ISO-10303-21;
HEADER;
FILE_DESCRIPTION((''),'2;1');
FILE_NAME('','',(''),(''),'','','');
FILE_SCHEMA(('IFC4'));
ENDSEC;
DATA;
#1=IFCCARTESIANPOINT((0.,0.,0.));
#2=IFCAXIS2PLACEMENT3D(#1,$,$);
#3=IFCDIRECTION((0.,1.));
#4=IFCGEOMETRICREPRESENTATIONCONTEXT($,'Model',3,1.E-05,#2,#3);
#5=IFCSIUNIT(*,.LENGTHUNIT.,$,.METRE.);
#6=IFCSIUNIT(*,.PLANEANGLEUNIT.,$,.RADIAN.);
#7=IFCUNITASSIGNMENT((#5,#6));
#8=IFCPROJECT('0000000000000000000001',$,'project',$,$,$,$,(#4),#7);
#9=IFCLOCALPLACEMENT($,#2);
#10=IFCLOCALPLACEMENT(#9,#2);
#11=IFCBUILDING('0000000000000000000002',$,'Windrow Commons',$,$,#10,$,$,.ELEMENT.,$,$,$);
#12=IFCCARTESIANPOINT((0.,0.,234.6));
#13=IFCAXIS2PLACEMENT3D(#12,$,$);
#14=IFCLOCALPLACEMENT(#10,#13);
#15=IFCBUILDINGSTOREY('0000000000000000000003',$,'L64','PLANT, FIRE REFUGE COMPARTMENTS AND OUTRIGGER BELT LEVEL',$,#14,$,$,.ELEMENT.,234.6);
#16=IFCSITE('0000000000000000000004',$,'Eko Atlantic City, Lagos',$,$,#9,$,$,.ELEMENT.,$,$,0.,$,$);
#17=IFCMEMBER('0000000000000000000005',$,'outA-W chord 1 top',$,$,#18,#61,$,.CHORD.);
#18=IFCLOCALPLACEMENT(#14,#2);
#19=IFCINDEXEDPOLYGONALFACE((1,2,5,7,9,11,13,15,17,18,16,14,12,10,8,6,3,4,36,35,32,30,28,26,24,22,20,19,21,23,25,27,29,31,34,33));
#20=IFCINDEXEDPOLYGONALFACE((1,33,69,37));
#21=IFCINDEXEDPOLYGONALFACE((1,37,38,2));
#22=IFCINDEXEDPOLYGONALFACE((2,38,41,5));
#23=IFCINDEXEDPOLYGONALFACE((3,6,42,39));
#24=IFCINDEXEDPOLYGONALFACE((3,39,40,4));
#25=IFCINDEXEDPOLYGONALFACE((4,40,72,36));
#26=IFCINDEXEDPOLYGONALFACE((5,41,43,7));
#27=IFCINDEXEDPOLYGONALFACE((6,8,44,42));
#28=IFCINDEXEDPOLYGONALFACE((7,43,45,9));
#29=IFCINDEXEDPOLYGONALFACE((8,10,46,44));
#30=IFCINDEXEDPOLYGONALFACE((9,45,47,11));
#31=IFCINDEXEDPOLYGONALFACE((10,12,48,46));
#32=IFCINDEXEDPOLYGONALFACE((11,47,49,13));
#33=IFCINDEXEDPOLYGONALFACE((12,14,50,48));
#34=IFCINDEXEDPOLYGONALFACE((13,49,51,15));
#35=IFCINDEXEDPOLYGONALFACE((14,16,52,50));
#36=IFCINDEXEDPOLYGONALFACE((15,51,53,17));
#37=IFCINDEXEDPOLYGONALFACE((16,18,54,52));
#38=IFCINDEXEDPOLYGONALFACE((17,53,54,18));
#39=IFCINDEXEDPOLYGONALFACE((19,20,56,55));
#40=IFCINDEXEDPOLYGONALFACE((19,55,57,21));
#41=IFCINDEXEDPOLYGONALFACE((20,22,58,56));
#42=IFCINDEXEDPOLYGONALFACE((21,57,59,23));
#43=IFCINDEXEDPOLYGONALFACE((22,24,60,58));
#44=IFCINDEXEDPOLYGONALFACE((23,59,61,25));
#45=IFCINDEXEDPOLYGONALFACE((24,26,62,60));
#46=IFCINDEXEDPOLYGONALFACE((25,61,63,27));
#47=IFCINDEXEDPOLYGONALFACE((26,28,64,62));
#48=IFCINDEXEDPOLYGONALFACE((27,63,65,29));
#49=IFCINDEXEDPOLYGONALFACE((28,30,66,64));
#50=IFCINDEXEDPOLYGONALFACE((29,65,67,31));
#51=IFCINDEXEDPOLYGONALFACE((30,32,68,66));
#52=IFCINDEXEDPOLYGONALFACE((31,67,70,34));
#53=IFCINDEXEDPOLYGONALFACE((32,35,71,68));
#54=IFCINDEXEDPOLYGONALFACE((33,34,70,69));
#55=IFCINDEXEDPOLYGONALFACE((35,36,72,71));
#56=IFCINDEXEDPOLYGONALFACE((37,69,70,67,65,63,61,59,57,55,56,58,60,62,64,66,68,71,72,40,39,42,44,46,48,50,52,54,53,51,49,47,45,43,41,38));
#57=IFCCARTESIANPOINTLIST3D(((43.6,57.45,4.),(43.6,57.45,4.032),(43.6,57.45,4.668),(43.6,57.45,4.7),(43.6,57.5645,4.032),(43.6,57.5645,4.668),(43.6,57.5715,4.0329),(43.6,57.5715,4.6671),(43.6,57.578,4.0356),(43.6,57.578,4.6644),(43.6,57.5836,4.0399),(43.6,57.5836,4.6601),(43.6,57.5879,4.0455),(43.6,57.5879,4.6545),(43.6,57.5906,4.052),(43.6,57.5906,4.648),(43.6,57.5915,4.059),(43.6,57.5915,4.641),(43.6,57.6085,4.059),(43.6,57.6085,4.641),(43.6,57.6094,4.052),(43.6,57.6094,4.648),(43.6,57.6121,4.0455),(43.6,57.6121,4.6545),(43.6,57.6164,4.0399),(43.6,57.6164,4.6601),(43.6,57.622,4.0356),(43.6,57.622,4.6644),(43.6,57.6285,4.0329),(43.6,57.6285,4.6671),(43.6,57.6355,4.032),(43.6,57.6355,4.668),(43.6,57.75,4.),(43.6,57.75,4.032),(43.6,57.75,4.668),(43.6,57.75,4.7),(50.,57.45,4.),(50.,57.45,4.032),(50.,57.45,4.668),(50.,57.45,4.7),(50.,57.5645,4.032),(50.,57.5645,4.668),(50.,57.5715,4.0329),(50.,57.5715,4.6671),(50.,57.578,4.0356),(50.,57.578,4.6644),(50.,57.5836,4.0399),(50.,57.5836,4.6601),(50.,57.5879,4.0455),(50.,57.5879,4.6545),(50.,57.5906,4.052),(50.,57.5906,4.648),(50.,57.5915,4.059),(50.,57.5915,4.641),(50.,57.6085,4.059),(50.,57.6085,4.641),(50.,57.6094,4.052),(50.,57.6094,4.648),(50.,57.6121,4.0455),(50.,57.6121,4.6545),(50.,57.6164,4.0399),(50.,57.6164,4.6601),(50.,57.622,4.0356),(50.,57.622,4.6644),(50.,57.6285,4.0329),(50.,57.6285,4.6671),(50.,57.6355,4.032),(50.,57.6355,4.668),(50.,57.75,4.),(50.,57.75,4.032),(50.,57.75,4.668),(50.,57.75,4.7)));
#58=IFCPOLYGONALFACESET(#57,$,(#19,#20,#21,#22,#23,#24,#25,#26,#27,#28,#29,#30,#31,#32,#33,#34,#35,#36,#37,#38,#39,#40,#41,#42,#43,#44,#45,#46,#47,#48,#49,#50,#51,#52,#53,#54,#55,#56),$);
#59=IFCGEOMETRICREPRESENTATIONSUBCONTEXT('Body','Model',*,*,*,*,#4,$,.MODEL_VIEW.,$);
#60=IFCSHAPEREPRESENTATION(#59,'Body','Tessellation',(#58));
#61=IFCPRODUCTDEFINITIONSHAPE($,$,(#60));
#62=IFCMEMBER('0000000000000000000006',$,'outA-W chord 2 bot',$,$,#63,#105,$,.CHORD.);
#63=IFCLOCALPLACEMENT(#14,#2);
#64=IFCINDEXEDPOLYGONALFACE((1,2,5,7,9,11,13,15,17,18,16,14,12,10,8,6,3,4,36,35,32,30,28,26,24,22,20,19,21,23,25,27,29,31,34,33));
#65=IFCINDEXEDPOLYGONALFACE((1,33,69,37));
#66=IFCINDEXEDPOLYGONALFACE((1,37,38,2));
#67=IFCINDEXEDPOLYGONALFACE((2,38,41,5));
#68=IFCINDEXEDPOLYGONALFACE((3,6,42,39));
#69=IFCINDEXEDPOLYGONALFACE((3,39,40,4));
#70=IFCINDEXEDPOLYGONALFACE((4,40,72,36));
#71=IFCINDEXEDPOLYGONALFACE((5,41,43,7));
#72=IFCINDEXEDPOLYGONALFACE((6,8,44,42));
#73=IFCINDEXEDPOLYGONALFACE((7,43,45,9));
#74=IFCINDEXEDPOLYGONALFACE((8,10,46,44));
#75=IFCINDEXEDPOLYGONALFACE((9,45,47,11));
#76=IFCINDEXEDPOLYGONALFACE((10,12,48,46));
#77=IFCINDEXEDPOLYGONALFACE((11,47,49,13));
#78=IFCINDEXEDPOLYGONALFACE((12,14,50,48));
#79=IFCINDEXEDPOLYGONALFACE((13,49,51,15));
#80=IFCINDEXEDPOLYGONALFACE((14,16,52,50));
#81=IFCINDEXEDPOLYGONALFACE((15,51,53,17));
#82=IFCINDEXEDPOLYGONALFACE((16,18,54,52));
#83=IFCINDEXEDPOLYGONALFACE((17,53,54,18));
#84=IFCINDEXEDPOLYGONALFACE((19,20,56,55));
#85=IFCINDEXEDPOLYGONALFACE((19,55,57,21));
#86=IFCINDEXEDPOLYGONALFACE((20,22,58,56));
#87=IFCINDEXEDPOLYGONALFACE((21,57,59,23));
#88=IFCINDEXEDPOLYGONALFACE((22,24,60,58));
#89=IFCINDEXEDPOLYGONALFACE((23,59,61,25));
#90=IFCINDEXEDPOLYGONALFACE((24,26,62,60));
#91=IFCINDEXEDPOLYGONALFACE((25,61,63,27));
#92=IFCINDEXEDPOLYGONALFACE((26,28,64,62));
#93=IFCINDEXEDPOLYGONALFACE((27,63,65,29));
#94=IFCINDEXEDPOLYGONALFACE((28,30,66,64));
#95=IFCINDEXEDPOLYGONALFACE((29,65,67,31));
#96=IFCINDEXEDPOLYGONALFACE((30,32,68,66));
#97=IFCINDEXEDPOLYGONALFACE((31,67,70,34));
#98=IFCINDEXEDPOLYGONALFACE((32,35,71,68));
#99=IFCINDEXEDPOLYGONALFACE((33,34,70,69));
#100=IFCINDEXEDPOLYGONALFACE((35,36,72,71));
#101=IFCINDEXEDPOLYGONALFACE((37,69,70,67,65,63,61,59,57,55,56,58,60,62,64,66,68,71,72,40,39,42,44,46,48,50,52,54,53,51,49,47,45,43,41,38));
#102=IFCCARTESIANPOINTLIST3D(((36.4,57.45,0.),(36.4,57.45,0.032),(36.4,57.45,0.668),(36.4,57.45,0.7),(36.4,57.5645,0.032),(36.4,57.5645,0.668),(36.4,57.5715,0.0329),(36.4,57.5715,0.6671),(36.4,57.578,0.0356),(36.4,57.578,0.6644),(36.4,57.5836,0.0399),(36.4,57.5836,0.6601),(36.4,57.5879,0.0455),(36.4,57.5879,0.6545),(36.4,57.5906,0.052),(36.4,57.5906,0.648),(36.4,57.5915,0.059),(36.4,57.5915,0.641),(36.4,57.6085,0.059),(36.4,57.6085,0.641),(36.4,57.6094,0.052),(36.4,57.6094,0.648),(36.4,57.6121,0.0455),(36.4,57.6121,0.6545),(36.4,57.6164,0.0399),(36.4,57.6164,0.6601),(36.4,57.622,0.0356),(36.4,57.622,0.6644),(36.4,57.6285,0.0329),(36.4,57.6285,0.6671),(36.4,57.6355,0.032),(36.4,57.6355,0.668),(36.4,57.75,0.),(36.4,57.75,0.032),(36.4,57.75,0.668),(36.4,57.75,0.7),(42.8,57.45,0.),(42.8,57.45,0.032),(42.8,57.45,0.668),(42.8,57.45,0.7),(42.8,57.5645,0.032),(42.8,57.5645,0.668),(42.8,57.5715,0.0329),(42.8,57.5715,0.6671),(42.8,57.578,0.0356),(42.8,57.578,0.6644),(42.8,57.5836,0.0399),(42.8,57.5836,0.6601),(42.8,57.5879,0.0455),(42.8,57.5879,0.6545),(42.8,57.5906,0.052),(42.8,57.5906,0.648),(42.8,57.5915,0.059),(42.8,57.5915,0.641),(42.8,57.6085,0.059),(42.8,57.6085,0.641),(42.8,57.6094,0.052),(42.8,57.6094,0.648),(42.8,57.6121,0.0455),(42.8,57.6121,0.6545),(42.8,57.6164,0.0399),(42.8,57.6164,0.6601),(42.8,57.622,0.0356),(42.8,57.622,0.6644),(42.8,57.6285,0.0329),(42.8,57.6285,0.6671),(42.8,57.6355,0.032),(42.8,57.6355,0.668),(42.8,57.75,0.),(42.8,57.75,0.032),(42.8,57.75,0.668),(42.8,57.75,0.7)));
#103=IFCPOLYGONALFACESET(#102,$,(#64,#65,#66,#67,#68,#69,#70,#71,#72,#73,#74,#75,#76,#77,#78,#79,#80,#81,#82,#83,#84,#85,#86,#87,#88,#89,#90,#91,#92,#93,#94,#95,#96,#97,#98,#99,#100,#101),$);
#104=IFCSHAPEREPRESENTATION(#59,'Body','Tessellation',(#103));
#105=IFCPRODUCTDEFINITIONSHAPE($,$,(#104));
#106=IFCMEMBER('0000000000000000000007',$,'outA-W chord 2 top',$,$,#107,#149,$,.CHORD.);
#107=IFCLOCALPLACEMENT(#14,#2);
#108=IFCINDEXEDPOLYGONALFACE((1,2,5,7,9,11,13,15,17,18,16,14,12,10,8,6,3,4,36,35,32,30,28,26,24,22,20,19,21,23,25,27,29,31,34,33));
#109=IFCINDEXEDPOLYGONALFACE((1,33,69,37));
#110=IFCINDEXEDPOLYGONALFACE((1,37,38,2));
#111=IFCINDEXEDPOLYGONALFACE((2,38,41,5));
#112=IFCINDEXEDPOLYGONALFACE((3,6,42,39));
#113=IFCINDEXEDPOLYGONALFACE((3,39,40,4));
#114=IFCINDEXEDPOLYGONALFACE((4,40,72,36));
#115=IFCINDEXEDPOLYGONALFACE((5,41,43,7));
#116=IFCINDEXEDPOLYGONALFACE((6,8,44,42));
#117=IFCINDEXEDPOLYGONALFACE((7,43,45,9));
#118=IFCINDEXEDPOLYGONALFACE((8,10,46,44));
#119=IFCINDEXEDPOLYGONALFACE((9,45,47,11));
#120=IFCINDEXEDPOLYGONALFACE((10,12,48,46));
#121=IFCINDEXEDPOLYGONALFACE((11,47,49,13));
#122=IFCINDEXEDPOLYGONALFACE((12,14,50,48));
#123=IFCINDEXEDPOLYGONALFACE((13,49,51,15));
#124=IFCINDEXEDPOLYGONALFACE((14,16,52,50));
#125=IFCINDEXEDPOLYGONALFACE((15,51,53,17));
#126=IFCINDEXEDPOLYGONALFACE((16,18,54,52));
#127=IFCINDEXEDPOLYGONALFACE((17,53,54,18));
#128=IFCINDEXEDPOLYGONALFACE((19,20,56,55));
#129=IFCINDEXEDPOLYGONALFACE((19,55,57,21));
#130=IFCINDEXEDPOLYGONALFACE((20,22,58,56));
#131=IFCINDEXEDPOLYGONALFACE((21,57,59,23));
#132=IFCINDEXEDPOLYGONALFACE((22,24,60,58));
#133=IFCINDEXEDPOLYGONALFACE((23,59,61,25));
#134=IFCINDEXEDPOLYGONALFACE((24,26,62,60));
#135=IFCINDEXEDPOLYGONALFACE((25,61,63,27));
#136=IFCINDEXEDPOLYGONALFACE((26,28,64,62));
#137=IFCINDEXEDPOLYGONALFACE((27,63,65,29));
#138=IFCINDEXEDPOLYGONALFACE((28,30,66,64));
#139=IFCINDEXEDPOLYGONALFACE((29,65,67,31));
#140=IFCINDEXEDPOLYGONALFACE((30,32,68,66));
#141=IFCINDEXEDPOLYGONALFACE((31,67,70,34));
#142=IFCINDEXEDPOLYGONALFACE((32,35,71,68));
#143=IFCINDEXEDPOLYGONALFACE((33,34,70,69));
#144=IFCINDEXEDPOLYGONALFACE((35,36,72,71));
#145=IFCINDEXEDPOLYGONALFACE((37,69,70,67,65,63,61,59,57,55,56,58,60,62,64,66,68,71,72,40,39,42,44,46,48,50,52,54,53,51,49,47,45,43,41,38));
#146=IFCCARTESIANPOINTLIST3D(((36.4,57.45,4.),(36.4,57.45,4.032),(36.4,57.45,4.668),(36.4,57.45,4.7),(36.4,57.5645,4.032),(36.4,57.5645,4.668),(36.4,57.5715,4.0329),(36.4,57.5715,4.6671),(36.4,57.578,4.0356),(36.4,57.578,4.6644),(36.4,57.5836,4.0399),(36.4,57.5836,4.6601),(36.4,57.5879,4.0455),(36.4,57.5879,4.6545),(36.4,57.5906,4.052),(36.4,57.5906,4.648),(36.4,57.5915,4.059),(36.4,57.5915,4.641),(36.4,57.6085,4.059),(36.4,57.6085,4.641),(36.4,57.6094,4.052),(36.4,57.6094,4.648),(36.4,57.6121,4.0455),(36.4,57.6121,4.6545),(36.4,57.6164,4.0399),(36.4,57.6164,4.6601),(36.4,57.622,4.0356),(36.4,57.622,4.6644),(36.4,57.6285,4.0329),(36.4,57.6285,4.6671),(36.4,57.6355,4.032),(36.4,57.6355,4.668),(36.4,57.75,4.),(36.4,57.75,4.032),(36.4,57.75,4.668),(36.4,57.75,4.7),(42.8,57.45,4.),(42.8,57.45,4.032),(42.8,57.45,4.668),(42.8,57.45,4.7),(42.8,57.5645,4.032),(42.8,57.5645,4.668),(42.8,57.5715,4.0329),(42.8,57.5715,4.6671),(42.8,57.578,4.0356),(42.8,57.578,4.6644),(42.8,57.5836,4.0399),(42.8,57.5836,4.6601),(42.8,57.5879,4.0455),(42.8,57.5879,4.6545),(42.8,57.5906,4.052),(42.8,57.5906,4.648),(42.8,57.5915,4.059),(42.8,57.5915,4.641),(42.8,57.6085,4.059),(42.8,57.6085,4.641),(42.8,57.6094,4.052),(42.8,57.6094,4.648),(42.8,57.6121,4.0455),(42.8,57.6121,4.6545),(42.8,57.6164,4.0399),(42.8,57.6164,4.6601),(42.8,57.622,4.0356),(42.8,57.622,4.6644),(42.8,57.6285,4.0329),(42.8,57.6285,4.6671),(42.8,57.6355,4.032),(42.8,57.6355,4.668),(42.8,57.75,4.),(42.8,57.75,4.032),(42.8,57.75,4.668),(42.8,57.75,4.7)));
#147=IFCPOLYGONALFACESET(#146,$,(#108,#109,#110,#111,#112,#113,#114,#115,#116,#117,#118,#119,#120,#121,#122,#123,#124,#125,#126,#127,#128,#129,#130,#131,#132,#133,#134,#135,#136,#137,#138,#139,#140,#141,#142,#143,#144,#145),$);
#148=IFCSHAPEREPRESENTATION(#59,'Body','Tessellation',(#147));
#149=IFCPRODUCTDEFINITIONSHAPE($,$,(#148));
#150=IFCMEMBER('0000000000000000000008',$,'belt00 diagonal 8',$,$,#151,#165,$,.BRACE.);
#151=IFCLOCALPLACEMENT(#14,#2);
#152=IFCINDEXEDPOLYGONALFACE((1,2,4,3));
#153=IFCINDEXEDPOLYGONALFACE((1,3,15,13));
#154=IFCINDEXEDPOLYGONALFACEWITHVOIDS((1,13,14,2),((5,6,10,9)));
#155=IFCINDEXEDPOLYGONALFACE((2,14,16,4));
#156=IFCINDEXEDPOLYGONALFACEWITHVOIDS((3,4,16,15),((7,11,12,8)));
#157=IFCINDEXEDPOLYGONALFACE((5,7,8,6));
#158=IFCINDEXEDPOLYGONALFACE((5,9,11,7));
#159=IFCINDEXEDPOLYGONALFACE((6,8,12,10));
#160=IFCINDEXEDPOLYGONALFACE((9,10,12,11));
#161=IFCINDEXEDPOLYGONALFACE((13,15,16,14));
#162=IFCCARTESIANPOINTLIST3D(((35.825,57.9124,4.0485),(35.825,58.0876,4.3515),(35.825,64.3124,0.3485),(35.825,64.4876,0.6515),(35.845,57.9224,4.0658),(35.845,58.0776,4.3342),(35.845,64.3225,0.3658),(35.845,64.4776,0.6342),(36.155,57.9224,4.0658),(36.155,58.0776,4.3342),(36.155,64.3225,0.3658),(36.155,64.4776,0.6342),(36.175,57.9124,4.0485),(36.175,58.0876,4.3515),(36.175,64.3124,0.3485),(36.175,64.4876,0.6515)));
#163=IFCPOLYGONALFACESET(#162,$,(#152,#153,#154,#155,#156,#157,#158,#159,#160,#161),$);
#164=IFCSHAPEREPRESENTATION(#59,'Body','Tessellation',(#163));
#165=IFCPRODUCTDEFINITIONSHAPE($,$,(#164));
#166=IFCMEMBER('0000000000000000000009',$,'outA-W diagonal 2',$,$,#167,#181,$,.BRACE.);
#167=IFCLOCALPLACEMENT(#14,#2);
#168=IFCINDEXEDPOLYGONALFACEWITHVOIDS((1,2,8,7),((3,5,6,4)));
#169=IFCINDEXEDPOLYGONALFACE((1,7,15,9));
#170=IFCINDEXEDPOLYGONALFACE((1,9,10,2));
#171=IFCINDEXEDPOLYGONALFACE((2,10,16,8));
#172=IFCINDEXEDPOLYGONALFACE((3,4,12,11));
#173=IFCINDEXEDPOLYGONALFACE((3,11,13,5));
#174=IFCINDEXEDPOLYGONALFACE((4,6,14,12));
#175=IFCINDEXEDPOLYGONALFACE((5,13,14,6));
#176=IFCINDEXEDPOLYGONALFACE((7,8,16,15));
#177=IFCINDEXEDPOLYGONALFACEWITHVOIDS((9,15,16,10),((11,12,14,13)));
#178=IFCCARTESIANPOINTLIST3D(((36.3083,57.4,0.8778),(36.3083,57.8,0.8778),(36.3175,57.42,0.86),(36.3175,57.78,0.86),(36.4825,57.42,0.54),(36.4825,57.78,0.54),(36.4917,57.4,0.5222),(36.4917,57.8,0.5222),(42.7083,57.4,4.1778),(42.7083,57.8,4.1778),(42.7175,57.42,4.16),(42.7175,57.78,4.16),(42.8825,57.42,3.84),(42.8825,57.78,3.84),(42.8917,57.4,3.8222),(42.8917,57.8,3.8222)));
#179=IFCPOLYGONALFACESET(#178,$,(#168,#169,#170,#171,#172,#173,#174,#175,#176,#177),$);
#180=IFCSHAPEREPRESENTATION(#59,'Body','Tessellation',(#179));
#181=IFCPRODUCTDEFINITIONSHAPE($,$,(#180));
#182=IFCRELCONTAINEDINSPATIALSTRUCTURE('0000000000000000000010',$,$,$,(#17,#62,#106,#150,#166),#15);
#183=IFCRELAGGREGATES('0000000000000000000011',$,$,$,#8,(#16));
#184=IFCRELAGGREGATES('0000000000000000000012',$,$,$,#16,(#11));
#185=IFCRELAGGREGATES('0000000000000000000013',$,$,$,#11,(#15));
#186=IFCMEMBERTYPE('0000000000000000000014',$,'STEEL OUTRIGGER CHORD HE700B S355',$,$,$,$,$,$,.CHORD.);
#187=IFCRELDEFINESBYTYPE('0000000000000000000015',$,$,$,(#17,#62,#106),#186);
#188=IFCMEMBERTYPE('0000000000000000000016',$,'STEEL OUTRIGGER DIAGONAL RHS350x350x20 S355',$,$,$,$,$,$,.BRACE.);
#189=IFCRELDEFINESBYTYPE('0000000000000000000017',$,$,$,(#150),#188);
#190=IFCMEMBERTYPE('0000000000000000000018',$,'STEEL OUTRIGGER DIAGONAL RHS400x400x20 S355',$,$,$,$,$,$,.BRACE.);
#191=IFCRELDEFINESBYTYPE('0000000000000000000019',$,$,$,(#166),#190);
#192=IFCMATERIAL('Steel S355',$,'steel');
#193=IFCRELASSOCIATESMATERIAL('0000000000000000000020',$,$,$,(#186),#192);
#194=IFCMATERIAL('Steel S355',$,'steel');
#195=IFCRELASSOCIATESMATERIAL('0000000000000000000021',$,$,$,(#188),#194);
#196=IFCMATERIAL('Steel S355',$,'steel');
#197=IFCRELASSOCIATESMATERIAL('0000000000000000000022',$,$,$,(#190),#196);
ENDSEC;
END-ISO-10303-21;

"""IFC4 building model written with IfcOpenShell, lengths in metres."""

from ifc_helpers import new_model, si_unit, direction, frame, origin, origin_2d, place, context, subcontext, project, spatial, hollow_rectangle, i_section, extrude, material, material_profile, profile_set, type_object, element, save


model = new_model("IFC4")

# Units and contexts
model_context = context("Model", 3, precision=1e-05, world=origin(), true_north=direction((0.0, 1.0)))
body_context = subcontext(model_context, "Body", "Model", "MODEL_VIEW")
ifc_project = project(units=[si_unit("LENGTHUNIT", "METRE"), si_unit("PLANEANGLEUNIT", "RADIAN")], contexts=[model_context])

# Site, building, storey
site_placement = place(None, origin())
site = spatial("IfcSite", under=ifc_project, at=site_placement, Name="Eko Atlantic City, Lagos", CompositionType="ELEMENT", RefElevation=0.0)
building_placement = place(site_placement, origin())
building = spatial("IfcBuilding", under=site, at=building_placement, Name="Windrow Commons", CompositionType="ELEMENT")
storey_placement = place(building_placement, frame((0.0, 0.0, 234.6)))
storey = spatial("IfcBuildingStorey", under=building, at=storey_placement, Name="L64", Description="PLANT, FIRE REFUGE COMPARTMENTS AND OUTRIGGER BELT LEVEL", CompositionType="ELEMENT", Elevation=234.6)

# Members
ifc_material_1 = material(Name="Steel S355", Category="steel")
ifc_material_profile_1 = material_profile(ifc_material_1, i_section(OverallWidth=0.3, OverallDepth=0.7, WebThickness=0.017, FlangeThickness=0.032, FilletRadius=0.027, at=origin_2d()))
ifc_profile_set_1 = profile_set([ifc_material_profile_1], Name="Steel S355")
member_type_1 = type_object("IfcMemberType", Name="STEEL OUTRIGGER CHORD HE700B S355", PredefinedType="CHORD", material=ifc_profile_set_1)
for number, where, z_axis, x_axis, name in (
    (1, (50.0, 57.6, 4.35), (-1.0, 0.0, 0.0), (0.0, -1.0, 0.0), "outA-W chord 1 top"),
    (2, (42.8, 57.6, 0.35), (-1.0, 0.0, 0.0), (0.0, -1.0, 0.0), "outA-W chord 2 bot"),
    (3, (42.8, 57.6, 4.35), (-1.0, 0.0, 0.0), (0.0, -1.0, 0.0), "outA-W chord 2 top"),
):
    element("IfcMember", number, at=place(storey_placement, frame(where, z_axis=z_axis, x_axis=x_axis)), inside=storey, type_object=member_type_1, Name=name, PredefinedType="CHORD", context=body_context, shape_type="SweptSolid", body=[
        extrude(i_section(OverallWidth=0.3, OverallDepth=0.7, WebThickness=0.017, FlangeThickness=0.032, FilletRadius=0.027, at=origin_2d()), origin(), (0.0, 0.0, 1.0), 6.4),
    ])
ifc_material_2 = material(Name="Steel S355", Category="steel")
ifc_material_profile_2 = material_profile(ifc_material_2, hollow_rectangle(XDim=0.35, YDim=0.35, WallThickness=0.02, at=origin_2d()))
ifc_profile_set_2 = profile_set([ifc_material_profile_2], Name="Steel S355")
member_type_2 = type_object("IfcMemberType", Name="STEEL OUTRIGGER DIAGONAL RHS350x350x20 S355", PredefinedType="BRACE", material=ifc_profile_set_2)
member_1_placement = place(storey_placement, frame((36.0, 58.0, 4.2), z_axis=(0.0, 0.865735, -0.500503), x_axis=(-1.0, 0.0, 0.0)))
element("IfcMember", 4, at=member_1_placement, inside=storey, type_object=member_type_2, Name="belt00 diagonal 8", PredefinedType="BRACE", context=body_context, shape_type="SweptSolid", body=[
    extrude(hollow_rectangle(XDim=0.35, YDim=0.35, WallThickness=0.02, at=origin_2d()), origin(), (0.0, 0.0, 1.0), 7.3926),
])
ifc_material_3 = material(Name="Steel S355", Category="steel")
ifc_material_profile_3 = material_profile(ifc_material_3, hollow_rectangle(XDim=0.4, YDim=0.4, WallThickness=0.02, at=origin_2d()))
ifc_profile_set_3 = profile_set([ifc_material_profile_3], Name="Steel S355")
member_type_3 = type_object("IfcMemberType", Name="STEEL OUTRIGGER DIAGONAL RHS400x400x20 S355", PredefinedType="BRACE", material=ifc_profile_set_3)
member_2_placement = place(storey_placement, frame((42.8, 57.6, 4.0), z_axis=(-0.888803, 0.0, -0.458289), x_axis=(0.0, -1.0, 0.0)))
element("IfcMember", 5, at=member_2_placement, inside=storey, type_object=member_type_3, Name="outA-W diagonal 2", PredefinedType="BRACE", context=body_context, shape_type="SweptSolid", body=[
    extrude(hollow_rectangle(XDim=0.4, YDim=0.4, WallThickness=0.02, at=origin_2d()), origin(), (0.0, 0.0, 1.0), 7.2007),
])

save(model, "model.ifc")
